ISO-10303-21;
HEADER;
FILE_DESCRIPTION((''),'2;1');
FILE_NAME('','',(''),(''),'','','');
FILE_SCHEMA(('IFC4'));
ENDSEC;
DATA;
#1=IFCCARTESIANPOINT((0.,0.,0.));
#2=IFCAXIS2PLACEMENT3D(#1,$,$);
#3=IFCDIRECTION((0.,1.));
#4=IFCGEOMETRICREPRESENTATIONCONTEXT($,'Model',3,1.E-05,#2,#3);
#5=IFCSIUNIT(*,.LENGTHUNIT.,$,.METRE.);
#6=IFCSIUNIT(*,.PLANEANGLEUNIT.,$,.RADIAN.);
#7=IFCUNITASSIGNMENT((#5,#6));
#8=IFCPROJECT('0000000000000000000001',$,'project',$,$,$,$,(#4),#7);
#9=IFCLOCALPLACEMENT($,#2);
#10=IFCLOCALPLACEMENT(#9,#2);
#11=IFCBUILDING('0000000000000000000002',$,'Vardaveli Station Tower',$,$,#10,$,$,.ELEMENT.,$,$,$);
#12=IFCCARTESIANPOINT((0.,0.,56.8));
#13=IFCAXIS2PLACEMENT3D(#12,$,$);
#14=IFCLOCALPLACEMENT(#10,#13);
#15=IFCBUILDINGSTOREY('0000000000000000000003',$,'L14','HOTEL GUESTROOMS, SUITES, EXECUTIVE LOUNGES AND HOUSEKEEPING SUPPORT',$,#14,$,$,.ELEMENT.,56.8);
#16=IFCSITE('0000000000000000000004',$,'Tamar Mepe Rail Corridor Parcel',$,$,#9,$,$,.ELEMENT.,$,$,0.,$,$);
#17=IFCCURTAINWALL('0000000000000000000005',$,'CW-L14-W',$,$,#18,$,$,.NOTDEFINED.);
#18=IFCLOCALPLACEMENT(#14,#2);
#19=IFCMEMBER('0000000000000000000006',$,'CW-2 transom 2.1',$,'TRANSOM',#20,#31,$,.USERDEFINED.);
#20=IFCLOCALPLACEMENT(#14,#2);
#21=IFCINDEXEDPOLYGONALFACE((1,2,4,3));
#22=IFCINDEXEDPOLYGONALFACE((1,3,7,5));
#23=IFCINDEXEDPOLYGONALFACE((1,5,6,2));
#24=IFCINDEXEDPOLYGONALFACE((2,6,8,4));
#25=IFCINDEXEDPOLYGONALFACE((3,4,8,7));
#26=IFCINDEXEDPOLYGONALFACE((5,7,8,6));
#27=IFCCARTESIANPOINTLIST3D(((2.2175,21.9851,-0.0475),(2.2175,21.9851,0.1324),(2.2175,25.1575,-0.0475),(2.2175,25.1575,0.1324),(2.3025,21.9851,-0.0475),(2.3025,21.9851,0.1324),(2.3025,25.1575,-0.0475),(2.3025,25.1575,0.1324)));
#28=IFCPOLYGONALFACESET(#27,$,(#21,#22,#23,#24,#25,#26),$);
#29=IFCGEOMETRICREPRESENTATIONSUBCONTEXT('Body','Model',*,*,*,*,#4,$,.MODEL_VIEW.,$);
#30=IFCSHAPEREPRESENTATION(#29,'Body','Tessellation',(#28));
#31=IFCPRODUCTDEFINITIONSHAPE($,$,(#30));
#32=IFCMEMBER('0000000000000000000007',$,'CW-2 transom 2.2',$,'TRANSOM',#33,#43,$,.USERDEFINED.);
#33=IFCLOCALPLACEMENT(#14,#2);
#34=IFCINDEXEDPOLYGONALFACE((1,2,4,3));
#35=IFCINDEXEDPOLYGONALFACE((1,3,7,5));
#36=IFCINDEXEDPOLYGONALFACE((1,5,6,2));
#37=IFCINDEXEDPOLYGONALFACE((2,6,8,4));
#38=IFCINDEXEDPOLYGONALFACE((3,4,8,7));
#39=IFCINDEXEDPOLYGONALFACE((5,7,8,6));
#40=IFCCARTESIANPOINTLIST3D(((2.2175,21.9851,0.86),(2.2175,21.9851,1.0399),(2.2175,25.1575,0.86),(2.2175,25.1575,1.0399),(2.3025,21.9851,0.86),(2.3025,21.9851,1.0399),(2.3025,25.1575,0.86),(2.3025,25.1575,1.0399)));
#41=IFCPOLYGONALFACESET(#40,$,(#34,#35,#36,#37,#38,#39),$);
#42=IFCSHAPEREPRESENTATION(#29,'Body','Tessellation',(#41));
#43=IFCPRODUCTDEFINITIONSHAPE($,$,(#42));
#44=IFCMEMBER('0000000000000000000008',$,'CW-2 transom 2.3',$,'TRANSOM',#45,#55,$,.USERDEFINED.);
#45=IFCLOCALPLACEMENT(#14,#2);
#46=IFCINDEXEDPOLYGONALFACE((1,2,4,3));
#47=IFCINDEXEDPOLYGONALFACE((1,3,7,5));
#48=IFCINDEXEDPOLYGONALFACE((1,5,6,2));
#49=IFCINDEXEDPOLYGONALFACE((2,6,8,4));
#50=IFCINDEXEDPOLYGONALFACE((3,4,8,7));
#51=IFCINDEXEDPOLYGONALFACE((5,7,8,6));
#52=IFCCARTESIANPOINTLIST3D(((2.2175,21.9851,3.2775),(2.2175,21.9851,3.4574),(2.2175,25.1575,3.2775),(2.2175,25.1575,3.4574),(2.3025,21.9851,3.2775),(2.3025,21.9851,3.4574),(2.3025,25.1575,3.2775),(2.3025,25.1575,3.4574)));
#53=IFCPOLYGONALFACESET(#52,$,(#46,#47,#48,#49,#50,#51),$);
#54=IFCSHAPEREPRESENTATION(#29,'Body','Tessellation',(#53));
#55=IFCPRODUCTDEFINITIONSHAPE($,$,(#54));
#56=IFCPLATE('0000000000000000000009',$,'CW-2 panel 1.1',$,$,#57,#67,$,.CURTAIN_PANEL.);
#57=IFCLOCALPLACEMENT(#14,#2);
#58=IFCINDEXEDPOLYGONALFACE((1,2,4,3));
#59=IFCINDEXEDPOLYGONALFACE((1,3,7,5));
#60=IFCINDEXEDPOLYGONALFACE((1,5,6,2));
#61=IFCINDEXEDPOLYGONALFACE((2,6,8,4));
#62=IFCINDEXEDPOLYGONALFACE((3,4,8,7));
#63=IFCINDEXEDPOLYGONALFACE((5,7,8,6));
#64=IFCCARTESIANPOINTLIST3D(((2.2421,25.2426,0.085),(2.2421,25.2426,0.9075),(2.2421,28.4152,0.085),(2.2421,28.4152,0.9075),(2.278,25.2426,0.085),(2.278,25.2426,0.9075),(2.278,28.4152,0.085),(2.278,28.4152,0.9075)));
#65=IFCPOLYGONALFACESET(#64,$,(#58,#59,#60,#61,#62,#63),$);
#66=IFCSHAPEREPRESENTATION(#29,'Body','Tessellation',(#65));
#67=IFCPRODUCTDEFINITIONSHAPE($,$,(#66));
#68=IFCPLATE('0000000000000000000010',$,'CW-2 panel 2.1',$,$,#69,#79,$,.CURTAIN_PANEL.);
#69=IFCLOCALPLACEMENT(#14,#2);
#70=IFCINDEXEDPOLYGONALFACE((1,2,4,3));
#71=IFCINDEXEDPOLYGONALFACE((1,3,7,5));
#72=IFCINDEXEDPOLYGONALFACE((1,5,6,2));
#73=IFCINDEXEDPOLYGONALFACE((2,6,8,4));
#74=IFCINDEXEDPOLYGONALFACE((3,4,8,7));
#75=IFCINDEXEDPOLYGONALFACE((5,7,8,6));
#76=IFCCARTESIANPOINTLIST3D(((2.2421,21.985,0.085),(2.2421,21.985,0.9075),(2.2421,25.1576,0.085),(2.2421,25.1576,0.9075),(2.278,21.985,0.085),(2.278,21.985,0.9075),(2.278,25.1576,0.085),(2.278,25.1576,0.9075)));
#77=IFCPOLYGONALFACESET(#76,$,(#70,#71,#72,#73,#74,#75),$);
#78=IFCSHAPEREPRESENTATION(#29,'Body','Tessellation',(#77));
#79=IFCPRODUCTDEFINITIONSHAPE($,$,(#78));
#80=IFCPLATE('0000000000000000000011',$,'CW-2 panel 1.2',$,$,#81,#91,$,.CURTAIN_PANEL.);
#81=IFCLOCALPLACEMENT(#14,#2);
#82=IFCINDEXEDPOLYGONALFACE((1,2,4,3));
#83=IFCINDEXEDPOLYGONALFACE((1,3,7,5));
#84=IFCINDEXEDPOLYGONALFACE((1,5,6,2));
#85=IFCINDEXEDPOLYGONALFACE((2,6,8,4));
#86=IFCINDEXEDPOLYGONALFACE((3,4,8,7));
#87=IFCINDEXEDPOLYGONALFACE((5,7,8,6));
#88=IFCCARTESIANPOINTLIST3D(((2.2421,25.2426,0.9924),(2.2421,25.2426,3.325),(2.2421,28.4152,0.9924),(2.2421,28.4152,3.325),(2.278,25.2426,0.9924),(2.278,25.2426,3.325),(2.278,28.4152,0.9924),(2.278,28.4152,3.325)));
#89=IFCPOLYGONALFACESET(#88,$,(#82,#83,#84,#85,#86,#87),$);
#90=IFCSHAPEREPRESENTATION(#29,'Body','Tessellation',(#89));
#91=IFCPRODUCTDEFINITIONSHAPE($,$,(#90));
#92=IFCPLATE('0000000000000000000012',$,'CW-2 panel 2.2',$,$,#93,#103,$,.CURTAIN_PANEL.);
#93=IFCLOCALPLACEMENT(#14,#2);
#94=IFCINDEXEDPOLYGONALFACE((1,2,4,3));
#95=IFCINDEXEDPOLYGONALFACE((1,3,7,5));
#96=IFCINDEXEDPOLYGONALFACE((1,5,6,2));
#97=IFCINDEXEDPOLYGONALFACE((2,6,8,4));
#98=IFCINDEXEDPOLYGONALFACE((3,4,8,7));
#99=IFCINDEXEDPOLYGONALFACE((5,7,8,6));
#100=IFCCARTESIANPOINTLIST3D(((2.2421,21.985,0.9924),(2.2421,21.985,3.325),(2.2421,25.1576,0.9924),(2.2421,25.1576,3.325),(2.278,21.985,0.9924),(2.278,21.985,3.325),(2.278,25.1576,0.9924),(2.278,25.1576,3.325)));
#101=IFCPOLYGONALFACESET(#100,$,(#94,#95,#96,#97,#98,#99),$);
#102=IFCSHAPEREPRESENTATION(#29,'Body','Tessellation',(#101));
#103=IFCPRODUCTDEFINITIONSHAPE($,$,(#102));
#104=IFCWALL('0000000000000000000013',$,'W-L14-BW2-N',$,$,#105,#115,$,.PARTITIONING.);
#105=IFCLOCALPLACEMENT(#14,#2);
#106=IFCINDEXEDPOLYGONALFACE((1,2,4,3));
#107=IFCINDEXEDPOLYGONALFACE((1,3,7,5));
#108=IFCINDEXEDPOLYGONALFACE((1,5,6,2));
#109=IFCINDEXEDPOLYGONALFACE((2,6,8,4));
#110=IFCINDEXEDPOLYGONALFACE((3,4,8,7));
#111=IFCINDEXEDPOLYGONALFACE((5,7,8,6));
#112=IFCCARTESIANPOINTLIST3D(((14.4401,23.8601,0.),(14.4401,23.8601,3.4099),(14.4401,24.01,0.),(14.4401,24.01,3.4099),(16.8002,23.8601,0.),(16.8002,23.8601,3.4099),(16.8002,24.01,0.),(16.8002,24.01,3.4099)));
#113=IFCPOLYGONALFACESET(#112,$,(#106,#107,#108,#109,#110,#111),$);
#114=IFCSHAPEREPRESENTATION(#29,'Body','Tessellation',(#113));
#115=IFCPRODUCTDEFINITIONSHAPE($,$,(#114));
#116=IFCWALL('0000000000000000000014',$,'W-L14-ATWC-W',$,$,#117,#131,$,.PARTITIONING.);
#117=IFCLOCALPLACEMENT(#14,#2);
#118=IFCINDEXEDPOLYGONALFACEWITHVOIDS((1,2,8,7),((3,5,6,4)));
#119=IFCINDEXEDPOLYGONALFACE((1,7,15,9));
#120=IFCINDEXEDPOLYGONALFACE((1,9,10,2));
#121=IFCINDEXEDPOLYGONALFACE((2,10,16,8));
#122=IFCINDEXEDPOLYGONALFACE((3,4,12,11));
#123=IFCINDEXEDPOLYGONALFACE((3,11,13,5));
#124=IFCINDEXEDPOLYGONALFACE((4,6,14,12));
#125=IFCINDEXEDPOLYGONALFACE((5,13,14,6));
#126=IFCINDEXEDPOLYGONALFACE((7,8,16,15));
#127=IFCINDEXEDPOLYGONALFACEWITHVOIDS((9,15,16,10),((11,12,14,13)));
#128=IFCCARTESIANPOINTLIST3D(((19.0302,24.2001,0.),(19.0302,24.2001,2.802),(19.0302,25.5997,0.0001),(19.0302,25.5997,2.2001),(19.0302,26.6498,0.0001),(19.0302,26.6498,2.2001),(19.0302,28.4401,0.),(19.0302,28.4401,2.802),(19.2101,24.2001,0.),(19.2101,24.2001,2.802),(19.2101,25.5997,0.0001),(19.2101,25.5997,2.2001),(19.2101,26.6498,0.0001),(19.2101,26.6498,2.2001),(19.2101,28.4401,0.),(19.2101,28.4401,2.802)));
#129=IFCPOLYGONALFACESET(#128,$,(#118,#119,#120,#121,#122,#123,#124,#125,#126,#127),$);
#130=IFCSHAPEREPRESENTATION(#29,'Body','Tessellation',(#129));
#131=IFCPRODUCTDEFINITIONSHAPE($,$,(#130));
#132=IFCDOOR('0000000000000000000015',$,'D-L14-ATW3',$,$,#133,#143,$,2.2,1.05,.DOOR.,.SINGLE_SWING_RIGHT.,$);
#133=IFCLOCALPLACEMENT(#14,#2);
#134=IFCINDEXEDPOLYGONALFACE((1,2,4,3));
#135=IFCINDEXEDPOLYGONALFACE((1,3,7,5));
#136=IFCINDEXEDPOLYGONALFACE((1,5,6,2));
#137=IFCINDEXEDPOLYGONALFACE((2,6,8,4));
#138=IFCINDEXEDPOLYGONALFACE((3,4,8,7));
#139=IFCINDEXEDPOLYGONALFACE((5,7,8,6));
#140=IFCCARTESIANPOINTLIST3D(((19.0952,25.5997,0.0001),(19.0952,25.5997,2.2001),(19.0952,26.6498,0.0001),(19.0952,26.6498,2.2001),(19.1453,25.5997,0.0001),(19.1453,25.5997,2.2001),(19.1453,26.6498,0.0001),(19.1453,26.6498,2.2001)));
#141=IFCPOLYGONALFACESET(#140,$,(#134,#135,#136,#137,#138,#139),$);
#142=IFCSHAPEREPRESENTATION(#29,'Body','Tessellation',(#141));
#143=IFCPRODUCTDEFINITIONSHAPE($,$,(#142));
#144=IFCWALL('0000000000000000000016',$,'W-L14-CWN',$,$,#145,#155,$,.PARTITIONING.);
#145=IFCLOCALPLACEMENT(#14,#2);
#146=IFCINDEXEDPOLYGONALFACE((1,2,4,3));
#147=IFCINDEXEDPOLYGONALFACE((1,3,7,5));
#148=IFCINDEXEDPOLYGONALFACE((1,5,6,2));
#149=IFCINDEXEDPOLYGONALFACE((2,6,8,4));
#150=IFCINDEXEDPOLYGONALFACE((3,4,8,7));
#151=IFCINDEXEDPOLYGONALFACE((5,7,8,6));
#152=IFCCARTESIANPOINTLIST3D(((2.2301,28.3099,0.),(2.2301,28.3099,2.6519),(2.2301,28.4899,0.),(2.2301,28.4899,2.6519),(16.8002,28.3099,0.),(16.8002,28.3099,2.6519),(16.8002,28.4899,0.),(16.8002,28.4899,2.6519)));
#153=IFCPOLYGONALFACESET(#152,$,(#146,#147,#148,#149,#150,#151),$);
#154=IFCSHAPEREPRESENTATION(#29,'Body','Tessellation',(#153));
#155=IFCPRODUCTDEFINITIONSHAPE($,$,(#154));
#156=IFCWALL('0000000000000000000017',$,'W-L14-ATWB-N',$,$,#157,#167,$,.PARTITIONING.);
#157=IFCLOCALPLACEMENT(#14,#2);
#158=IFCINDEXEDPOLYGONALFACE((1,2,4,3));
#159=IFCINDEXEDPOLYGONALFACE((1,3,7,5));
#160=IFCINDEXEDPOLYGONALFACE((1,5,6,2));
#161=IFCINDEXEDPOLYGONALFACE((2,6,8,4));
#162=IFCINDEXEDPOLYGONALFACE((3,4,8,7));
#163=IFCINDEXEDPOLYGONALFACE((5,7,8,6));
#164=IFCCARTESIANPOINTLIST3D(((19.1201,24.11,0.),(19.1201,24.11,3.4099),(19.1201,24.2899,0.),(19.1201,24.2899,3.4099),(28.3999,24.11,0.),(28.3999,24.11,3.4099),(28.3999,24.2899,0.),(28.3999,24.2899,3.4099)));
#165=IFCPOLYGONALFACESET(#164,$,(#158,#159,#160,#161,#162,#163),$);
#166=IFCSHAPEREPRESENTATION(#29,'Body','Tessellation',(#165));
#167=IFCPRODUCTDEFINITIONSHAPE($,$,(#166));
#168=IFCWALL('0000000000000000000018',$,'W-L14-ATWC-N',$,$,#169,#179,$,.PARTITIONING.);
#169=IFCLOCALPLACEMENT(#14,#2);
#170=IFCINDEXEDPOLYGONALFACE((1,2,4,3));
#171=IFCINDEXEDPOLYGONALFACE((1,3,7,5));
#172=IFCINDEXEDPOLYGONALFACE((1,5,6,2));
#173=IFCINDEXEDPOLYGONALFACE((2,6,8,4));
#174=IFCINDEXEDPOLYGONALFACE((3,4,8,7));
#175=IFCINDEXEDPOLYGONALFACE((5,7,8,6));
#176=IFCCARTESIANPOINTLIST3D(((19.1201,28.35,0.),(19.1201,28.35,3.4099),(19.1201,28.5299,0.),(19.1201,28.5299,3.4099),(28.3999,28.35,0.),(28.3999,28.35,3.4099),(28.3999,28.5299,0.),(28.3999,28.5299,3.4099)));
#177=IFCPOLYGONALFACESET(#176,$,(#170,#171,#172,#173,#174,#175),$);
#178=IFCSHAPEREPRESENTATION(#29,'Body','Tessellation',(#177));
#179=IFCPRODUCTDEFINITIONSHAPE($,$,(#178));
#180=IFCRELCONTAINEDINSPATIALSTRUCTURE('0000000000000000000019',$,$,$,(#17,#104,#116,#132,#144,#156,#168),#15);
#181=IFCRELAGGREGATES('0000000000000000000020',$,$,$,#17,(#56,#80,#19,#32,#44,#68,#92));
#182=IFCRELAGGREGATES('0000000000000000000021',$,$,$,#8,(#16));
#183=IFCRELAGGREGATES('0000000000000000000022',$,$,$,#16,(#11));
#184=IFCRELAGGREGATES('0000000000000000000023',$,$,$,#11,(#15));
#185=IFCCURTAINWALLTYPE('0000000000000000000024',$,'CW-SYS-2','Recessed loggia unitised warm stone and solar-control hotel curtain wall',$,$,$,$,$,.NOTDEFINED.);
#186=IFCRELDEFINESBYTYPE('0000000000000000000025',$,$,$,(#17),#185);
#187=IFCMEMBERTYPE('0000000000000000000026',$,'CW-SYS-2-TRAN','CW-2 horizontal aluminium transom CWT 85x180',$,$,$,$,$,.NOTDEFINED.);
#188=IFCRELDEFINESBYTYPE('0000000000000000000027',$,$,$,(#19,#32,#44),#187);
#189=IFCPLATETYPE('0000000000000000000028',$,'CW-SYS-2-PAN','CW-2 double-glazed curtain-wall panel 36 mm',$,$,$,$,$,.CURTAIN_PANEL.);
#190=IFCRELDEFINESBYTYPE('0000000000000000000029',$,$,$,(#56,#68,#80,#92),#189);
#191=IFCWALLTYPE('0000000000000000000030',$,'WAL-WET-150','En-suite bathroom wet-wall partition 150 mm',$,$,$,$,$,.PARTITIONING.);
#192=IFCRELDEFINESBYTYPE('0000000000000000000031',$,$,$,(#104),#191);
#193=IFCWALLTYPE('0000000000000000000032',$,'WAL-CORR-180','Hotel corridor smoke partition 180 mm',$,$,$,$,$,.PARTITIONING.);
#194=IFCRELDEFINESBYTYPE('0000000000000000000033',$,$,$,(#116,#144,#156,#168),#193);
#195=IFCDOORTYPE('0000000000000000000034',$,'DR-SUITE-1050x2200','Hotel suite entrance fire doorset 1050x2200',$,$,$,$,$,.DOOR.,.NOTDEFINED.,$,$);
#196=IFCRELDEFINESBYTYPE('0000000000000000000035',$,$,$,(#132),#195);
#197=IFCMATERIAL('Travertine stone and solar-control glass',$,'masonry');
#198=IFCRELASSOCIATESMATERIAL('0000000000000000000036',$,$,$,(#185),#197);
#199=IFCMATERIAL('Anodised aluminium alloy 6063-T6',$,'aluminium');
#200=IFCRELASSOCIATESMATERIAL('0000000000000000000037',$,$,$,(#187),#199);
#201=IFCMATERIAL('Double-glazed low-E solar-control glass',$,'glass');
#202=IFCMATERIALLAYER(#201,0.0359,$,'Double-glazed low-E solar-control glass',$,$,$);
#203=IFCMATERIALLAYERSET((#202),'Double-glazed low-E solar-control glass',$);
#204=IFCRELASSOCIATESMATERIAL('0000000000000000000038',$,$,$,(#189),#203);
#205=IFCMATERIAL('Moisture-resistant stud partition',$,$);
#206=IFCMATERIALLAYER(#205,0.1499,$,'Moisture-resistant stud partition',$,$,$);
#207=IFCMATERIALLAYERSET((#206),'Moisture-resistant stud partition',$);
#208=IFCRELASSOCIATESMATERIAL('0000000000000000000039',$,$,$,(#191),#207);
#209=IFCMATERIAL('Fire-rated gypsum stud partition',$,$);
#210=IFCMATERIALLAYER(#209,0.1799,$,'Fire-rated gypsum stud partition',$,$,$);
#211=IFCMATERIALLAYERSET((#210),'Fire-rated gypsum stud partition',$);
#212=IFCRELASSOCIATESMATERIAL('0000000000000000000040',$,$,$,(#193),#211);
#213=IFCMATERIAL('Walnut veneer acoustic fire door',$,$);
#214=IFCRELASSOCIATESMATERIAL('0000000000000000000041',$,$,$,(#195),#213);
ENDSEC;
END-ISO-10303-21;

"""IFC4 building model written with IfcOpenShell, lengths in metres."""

from ifc_helpers import new_model, si_unit, direction, frame, frame_2d, origin, origin_2d, place, context, subcontext, project, spatial, rectangle, extrude, source, transform, mapped, material, layer, layer_set, material_profile, profile_set, type_object, element, fill, aggregate, save


model = new_model("IFC4")

# Units and contexts
model_context = context("Model", 3, precision=1e-05, world=origin(), true_north=direction((0.0, 1.0)))
body_context = subcontext(model_context, "Body", "Model", "MODEL_VIEW")
ifc_project = project(units=[si_unit("LENGTHUNIT", "METRE"), si_unit("PLANEANGLEUNIT", "RADIAN")], contexts=[model_context])

# Site, building, storey
site_placement = place(None, origin())
site = spatial("IfcSite", under=ifc_project, at=site_placement, Name="Tamar Mepe Rail Corridor Parcel", CompositionType="ELEMENT", RefElevation=0.0)
building_placement = place(site_placement, origin())
building = spatial("IfcBuilding", under=site, at=building_placement, Name="Vardaveli Station Tower", CompositionType="ELEMENT")
storey_placement = place(building_placement, frame((0.0, 0.0, 56.8)))
storey = spatial("IfcBuildingStorey", under=building, at=storey_placement, Name="L14", Description="HOTEL GUESTROOMS, SUITES, EXECUTIVE LOUNGES AND HOUSEKEEPING SUPPORT", CompositionType="ELEMENT", Elevation=56.8)

# Curtain wall, members, plates
ifc_material_1 = material(Name="Travertine stone and solar-control glass", Category="masonry")
curtain_wall_type = type_object("IfcCurtainWallType", Name="CW-SYS-2", Description="Recessed loggia unitised warm stone and solar-control hotel curtain wall", PredefinedType="NOTDEFINED", material=ifc_material_1)
curtain_wall_placement = place(storey_placement, origin())
curtain_wall = element("IfcCurtainWall", 1, at=curtain_wall_placement, inside=storey, type_object=curtain_wall_type, Name="CW-L14-W", PredefinedType="NOTDEFINED")
ifc_material_2 = material(Name="Anodised aluminium alloy 6063-T6", Category="aluminium")
ifc_material_profile_1 = material_profile(ifc_material_2, rectangle(XDim=0.085, YDim=0.1799, at=origin_2d()), Name="CWT 85x180")
ifc_profile_set_1 = profile_set([ifc_material_profile_1], Name="Anodised aluminium alloy 6063-T6")
member_type_1 = type_object("IfcMemberType", Name="CW-SYS-2-TRAN", Description="CW-2 horizontal aluminium transom CWT 85x180", PredefinedType="NOTDEFINED", material=ifc_profile_set_1)
shared_shape_1 = source(origin(), body_context, "Body", "SweptSolid", [
    extrude(rectangle(XDim=0.085, YDim=0.1799, at=origin_2d()), origin(), (0.0, 0.0, 1.0), 3.1724),
])
member_1_placement = place(storey_placement, frame((2.26, 25.1575, 0.0425), z_axis=(0.0, -1.0, 0.0), x_axis=(1.0, 0.0, 0.0)))
member_1 = element("IfcMember", 2, at=member_1_placement, type_object=member_type_1, Name="CW-2 transom 2.1", ObjectType="TRANSOM", PredefinedType="USERDEFINED", context=body_context, shape_type="MappedRepresentation", body=[
    mapped(shared_shape_1, transform((0.0, 0.0, 0.0), scale=1.0)),
])
member_2_placement = place(storey_placement, frame((2.26, 25.1575, 0.95), z_axis=(0.0, -1.0, 0.0), x_axis=(1.0, 0.0, 0.0)))
member_2 = element("IfcMember", 3, at=member_2_placement, type_object=member_type_1, Name="CW-2 transom 2.2", ObjectType="TRANSOM", PredefinedType="USERDEFINED", context=body_context, shape_type="MappedRepresentation", body=[
    mapped(shared_shape_1, transform((0.0, 0.0, 0.0), scale=1.0)),
])
member_3_placement = place(storey_placement, frame((2.26, 25.1575, 3.3674), z_axis=(0.0, -1.0, 0.0), x_axis=(1.0, 0.0, 0.0)))
member_3 = element("IfcMember", 4, at=member_3_placement, type_object=member_type_1, Name="CW-2 transom 2.3", ObjectType="TRANSOM", PredefinedType="USERDEFINED", context=body_context, shape_type="MappedRepresentation", body=[
    mapped(shared_shape_1, transform((0.0, 0.0, 0.0), scale=1.0)),
])
ifc_material_3 = material(Name="Double-glazed low-E solar-control glass", Category="glass")
ifc_layer_1 = layer(ifc_material_3, 0.0359, Name="Double-glazed low-E solar-control glass")
ifc_layer_set_1 = layer_set([ifc_layer_1], Name="Double-glazed low-E solar-control glass")
plate_type = type_object("IfcPlateType", Name="CW-SYS-2-PAN", Description="CW-2 double-glazed curtain-wall panel 36 mm", PredefinedType="CURTAIN_PANEL", material=ifc_layer_set_1)
shared_shape_2 = source(origin(), body_context, "Body", "SweptSolid", [
    extrude(rectangle(XDim=3.1726, YDim=0.0359, at=origin_2d()), origin(), (0.0, 0.0, 1.0), 0.8225),
])
plate_1_placement = place(storey_placement, frame((2.26, 26.8289, 0.085), z_axis=(0.0, 0.0, 1.0), x_axis=(0.0, -1.0, 0.0)))
plate_1 = element("IfcPlate", 5, at=plate_1_placement, type_object=plate_type, Name="CW-2 panel 1.1", PredefinedType="CURTAIN_PANEL", context=body_context, shape_type="MappedRepresentation", body=[
    mapped(shared_shape_2, transform((0.0, 0.0, 0.0), scale=1.0)),
])
plate_2_placement = place(storey_placement, frame((2.26, 23.5713, 0.085), z_axis=(0.0, 0.0, 1.0), x_axis=(0.0, -1.0, 0.0)))
plate_2 = element("IfcPlate", 6, at=plate_2_placement, type_object=plate_type, Name="CW-2 panel 2.1", PredefinedType="CURTAIN_PANEL", context=body_context, shape_type="MappedRepresentation", body=[
    mapped(shared_shape_2, transform((0.0, 0.0, 0.0), scale=1.0)),
])
shared_shape_3 = source(origin(), body_context, "Body", "SweptSolid", [
    extrude(rectangle(XDim=3.1726, YDim=0.0359, at=origin_2d()), origin(), (0.0, 0.0, 1.0), 2.3325),
])
plate_3_placement = place(storey_placement, frame((2.26, 26.8289, 0.9924), z_axis=(0.0, 0.0, 1.0), x_axis=(0.0, -1.0, 0.0)))
plate_3 = element("IfcPlate", 7, at=plate_3_placement, type_object=plate_type, Name="CW-2 panel 1.2", PredefinedType="CURTAIN_PANEL", context=body_context, shape_type="MappedRepresentation", body=[
    mapped(shared_shape_3, transform((0.0, 0.0, 0.0), scale=1.0)),
])
plate_4_placement = place(storey_placement, frame((2.26, 23.5713, 0.9924), z_axis=(0.0, 0.0, 1.0), x_axis=(0.0, -1.0, 0.0)))
plate_4 = element("IfcPlate", 8, at=plate_4_placement, type_object=plate_type, Name="CW-2 panel 2.2", PredefinedType="CURTAIN_PANEL", context=body_context, shape_type="MappedRepresentation", body=[
    mapped(shared_shape_3, transform((0.0, 0.0, 0.0), scale=1.0)),
])
aggregate(curtain_wall, [plate_1, plate_3, member_1, member_2, member_3, plate_2, plate_4])

# Wall
ifc_material_4 = material(Name="Moisture-resistant stud partition")
ifc_layer_2 = layer(ifc_material_4, 0.1499, Name="Moisture-resistant stud partition")
ifc_layer_set_2 = layer_set([ifc_layer_2], Name="Moisture-resistant stud partition")
wall_type_1 = type_object("IfcWallType", Name="WAL-WET-150", Description="En-suite bathroom wet-wall partition 150 mm", PredefinedType="PARTITIONING", material=ifc_layer_set_2)
shared_shape_4 = source(origin(), body_context, "Body", "SweptSolid", [
    extrude(rectangle(XDim=2.3601, YDim=0.1499, at=frame_2d((1.1802, 0.0))), origin(), (0.0, 0.0, 1.0), 3.4099),
])
wall_1_placement = place(storey_placement, frame((14.4399, 23.9351, 0.0), z_axis=(0.0, 0.0, 1.0), x_axis=(1.0, 0.0, 0.0)))
element("IfcWall", 9, at=wall_1_placement, inside=storey, type_object=wall_type_1, Name="W-L14-BW2-N", PredefinedType="PARTITIONING", context=body_context, shape_type="MappedRepresentation", body=[
    mapped(shared_shape_4, transform((0.0, 0.0, 0.0), scale=1.0)),
])

# Wall, opening, door
ifc_material_5 = material(Name="Fire-rated gypsum stud partition")
ifc_layer_3 = layer(ifc_material_5, 0.1799, Name="Fire-rated gypsum stud partition")
ifc_layer_set_3 = layer_set([ifc_layer_3], Name="Fire-rated gypsum stud partition")
wall_type_2 = type_object("IfcWallType", Name="WAL-CORR-180", Description="Hotel corridor smoke partition 180 mm", PredefinedType="PARTITIONING", material=ifc_layer_set_3)
shared_shape_5 = source(origin(), body_context, "Body", "SweptSolid", [
    extrude(rectangle(XDim=4.24, YDim=0.1799, at=frame_2d((2.1201, 0.0))), origin(), (0.0, 0.0, 1.0), 2.802),
])
wall_2_placement = place(storey_placement, frame((19.1201, 24.2, 0.0), z_axis=(0.0, 0.0, 1.0), x_axis=(0.0, 1.0, 0.0)))
wall_2 = element("IfcWall", 10, at=wall_2_placement, inside=storey, type_object=wall_type_2, Name="W-L14-ATWC-W", PredefinedType="PARTITIONING", context=body_context, shape_type="MappedRepresentation", body=[
    mapped(shared_shape_5, transform((0.0, 0.0, 0.0), scale=1.0)),
])
shared_shape_6 = source(origin(), body_context, "Body", "SweptSolid", [
    extrude(rectangle(XDim=1.05, YDim=2.2, at=frame_2d((0.5249, 1.1001))), frame((0.0, 0.1001, 0.0), z_axis=(0.0, -1.0, 0.0), x_axis=(1.0, 0.0, 0.0)), (0.0, 0.0, 1.0), 0.2),
])
opening_placement = place(wall_2_placement, frame((1.3999, 0.0, 0.0)))
opening = element("IfcOpeningElement", 11, at=opening_placement, cuts=wall_2, PredefinedType="OPENING", context=body_context, shape_type="MappedRepresentation", body=[
    mapped(shared_shape_6, transform((0.0, 0.0, 0.0), scale=1.0)),
])
ifc_material_6 = material(Name="Walnut veneer acoustic fire door")
door_type = type_object("IfcDoorType", Name="DR-SUITE-1050x2200", Description="Hotel suite entrance fire doorset 1050x2200", OperationType="NOTDEFINED", PredefinedType="DOOR", material=ifc_material_6)
shared_shape_7 = source(origin(), body_context, "Body", "SweptSolid", [
    extrude(rectangle(XDim=1.05, YDim=2.2, at=frame_2d((0.5249, 1.1001))), frame((0.0, 0.0249, 0.0), z_axis=(0.0, -1.0, 0.0), x_axis=(1.0, 0.0, 0.0)), (0.0, 0.0, 1.0), 0.05),
])
door_placement = place(opening_placement, origin())
door = element("IfcDoor", 12, at=door_placement, inside=storey, type_object=door_type, Name="D-L14-ATW3", OperationType="SINGLE_SWING_RIGHT", OverallHeight=2.2, OverallWidth=1.05, PredefinedType="DOOR", context=body_context, shape_type="MappedRepresentation", body=[
    mapped(shared_shape_7, transform((0.0, 0.0, 0.0), scale=1.0)),
])
fill(opening, door)

# Walls
shared_shape_8 = source(origin(), body_context, "Body", "SweptSolid", [
    extrude(rectangle(XDim=14.5701, YDim=0.1799, at=frame_2d((7.2852, 0.0))), origin(), (0.0, 0.0, 1.0), 2.6519),
])
wall_3_placement = place(storey_placement, frame((2.23, 28.3999, 0.0), z_axis=(0.0, 0.0, 1.0), x_axis=(1.0, 0.0, 0.0)))
element("IfcWall", 13, at=wall_3_placement, inside=storey, type_object=wall_type_2, Name="W-L14-CWN", PredefinedType="PARTITIONING", context=body_context, shape_type="MappedRepresentation", body=[
    mapped(shared_shape_8, transform((0.0, 0.0, 0.0), scale=1.0)),
])
shared_shape_9 = source(origin(), body_context, "Body", "SweptSolid", [
    extrude(rectangle(XDim=9.2798, YDim=0.1799, at=frame_2d((4.6399, 0.0))), origin(), (0.0, 0.0, 1.0), 3.4099),
])
for number, where, z_axis, x_axis, name in (
    (14, (19.1201, 24.2, 0.0), (0.0, 0.0, 1.0), (1.0, 0.0, 0.0), "W-L14-ATWB-N"),
    (15, (19.1201, 28.4399, 0.0), (0.0, 0.0, 1.0), (1.0, 0.0, 0.0), "W-L14-ATWC-N"),
):
    element("IfcWall", number, at=place(storey_placement, frame(where, z_axis=z_axis, x_axis=x_axis)), inside=storey, type_object=wall_type_2, Name=name, PredefinedType="PARTITIONING", context=body_context, shape_type="MappedRepresentation", body=[
        mapped(shared_shape_9, transform((0.0, 0.0, 0.0), scale=1.0)),
    ])

save(model, "model.ifc")
